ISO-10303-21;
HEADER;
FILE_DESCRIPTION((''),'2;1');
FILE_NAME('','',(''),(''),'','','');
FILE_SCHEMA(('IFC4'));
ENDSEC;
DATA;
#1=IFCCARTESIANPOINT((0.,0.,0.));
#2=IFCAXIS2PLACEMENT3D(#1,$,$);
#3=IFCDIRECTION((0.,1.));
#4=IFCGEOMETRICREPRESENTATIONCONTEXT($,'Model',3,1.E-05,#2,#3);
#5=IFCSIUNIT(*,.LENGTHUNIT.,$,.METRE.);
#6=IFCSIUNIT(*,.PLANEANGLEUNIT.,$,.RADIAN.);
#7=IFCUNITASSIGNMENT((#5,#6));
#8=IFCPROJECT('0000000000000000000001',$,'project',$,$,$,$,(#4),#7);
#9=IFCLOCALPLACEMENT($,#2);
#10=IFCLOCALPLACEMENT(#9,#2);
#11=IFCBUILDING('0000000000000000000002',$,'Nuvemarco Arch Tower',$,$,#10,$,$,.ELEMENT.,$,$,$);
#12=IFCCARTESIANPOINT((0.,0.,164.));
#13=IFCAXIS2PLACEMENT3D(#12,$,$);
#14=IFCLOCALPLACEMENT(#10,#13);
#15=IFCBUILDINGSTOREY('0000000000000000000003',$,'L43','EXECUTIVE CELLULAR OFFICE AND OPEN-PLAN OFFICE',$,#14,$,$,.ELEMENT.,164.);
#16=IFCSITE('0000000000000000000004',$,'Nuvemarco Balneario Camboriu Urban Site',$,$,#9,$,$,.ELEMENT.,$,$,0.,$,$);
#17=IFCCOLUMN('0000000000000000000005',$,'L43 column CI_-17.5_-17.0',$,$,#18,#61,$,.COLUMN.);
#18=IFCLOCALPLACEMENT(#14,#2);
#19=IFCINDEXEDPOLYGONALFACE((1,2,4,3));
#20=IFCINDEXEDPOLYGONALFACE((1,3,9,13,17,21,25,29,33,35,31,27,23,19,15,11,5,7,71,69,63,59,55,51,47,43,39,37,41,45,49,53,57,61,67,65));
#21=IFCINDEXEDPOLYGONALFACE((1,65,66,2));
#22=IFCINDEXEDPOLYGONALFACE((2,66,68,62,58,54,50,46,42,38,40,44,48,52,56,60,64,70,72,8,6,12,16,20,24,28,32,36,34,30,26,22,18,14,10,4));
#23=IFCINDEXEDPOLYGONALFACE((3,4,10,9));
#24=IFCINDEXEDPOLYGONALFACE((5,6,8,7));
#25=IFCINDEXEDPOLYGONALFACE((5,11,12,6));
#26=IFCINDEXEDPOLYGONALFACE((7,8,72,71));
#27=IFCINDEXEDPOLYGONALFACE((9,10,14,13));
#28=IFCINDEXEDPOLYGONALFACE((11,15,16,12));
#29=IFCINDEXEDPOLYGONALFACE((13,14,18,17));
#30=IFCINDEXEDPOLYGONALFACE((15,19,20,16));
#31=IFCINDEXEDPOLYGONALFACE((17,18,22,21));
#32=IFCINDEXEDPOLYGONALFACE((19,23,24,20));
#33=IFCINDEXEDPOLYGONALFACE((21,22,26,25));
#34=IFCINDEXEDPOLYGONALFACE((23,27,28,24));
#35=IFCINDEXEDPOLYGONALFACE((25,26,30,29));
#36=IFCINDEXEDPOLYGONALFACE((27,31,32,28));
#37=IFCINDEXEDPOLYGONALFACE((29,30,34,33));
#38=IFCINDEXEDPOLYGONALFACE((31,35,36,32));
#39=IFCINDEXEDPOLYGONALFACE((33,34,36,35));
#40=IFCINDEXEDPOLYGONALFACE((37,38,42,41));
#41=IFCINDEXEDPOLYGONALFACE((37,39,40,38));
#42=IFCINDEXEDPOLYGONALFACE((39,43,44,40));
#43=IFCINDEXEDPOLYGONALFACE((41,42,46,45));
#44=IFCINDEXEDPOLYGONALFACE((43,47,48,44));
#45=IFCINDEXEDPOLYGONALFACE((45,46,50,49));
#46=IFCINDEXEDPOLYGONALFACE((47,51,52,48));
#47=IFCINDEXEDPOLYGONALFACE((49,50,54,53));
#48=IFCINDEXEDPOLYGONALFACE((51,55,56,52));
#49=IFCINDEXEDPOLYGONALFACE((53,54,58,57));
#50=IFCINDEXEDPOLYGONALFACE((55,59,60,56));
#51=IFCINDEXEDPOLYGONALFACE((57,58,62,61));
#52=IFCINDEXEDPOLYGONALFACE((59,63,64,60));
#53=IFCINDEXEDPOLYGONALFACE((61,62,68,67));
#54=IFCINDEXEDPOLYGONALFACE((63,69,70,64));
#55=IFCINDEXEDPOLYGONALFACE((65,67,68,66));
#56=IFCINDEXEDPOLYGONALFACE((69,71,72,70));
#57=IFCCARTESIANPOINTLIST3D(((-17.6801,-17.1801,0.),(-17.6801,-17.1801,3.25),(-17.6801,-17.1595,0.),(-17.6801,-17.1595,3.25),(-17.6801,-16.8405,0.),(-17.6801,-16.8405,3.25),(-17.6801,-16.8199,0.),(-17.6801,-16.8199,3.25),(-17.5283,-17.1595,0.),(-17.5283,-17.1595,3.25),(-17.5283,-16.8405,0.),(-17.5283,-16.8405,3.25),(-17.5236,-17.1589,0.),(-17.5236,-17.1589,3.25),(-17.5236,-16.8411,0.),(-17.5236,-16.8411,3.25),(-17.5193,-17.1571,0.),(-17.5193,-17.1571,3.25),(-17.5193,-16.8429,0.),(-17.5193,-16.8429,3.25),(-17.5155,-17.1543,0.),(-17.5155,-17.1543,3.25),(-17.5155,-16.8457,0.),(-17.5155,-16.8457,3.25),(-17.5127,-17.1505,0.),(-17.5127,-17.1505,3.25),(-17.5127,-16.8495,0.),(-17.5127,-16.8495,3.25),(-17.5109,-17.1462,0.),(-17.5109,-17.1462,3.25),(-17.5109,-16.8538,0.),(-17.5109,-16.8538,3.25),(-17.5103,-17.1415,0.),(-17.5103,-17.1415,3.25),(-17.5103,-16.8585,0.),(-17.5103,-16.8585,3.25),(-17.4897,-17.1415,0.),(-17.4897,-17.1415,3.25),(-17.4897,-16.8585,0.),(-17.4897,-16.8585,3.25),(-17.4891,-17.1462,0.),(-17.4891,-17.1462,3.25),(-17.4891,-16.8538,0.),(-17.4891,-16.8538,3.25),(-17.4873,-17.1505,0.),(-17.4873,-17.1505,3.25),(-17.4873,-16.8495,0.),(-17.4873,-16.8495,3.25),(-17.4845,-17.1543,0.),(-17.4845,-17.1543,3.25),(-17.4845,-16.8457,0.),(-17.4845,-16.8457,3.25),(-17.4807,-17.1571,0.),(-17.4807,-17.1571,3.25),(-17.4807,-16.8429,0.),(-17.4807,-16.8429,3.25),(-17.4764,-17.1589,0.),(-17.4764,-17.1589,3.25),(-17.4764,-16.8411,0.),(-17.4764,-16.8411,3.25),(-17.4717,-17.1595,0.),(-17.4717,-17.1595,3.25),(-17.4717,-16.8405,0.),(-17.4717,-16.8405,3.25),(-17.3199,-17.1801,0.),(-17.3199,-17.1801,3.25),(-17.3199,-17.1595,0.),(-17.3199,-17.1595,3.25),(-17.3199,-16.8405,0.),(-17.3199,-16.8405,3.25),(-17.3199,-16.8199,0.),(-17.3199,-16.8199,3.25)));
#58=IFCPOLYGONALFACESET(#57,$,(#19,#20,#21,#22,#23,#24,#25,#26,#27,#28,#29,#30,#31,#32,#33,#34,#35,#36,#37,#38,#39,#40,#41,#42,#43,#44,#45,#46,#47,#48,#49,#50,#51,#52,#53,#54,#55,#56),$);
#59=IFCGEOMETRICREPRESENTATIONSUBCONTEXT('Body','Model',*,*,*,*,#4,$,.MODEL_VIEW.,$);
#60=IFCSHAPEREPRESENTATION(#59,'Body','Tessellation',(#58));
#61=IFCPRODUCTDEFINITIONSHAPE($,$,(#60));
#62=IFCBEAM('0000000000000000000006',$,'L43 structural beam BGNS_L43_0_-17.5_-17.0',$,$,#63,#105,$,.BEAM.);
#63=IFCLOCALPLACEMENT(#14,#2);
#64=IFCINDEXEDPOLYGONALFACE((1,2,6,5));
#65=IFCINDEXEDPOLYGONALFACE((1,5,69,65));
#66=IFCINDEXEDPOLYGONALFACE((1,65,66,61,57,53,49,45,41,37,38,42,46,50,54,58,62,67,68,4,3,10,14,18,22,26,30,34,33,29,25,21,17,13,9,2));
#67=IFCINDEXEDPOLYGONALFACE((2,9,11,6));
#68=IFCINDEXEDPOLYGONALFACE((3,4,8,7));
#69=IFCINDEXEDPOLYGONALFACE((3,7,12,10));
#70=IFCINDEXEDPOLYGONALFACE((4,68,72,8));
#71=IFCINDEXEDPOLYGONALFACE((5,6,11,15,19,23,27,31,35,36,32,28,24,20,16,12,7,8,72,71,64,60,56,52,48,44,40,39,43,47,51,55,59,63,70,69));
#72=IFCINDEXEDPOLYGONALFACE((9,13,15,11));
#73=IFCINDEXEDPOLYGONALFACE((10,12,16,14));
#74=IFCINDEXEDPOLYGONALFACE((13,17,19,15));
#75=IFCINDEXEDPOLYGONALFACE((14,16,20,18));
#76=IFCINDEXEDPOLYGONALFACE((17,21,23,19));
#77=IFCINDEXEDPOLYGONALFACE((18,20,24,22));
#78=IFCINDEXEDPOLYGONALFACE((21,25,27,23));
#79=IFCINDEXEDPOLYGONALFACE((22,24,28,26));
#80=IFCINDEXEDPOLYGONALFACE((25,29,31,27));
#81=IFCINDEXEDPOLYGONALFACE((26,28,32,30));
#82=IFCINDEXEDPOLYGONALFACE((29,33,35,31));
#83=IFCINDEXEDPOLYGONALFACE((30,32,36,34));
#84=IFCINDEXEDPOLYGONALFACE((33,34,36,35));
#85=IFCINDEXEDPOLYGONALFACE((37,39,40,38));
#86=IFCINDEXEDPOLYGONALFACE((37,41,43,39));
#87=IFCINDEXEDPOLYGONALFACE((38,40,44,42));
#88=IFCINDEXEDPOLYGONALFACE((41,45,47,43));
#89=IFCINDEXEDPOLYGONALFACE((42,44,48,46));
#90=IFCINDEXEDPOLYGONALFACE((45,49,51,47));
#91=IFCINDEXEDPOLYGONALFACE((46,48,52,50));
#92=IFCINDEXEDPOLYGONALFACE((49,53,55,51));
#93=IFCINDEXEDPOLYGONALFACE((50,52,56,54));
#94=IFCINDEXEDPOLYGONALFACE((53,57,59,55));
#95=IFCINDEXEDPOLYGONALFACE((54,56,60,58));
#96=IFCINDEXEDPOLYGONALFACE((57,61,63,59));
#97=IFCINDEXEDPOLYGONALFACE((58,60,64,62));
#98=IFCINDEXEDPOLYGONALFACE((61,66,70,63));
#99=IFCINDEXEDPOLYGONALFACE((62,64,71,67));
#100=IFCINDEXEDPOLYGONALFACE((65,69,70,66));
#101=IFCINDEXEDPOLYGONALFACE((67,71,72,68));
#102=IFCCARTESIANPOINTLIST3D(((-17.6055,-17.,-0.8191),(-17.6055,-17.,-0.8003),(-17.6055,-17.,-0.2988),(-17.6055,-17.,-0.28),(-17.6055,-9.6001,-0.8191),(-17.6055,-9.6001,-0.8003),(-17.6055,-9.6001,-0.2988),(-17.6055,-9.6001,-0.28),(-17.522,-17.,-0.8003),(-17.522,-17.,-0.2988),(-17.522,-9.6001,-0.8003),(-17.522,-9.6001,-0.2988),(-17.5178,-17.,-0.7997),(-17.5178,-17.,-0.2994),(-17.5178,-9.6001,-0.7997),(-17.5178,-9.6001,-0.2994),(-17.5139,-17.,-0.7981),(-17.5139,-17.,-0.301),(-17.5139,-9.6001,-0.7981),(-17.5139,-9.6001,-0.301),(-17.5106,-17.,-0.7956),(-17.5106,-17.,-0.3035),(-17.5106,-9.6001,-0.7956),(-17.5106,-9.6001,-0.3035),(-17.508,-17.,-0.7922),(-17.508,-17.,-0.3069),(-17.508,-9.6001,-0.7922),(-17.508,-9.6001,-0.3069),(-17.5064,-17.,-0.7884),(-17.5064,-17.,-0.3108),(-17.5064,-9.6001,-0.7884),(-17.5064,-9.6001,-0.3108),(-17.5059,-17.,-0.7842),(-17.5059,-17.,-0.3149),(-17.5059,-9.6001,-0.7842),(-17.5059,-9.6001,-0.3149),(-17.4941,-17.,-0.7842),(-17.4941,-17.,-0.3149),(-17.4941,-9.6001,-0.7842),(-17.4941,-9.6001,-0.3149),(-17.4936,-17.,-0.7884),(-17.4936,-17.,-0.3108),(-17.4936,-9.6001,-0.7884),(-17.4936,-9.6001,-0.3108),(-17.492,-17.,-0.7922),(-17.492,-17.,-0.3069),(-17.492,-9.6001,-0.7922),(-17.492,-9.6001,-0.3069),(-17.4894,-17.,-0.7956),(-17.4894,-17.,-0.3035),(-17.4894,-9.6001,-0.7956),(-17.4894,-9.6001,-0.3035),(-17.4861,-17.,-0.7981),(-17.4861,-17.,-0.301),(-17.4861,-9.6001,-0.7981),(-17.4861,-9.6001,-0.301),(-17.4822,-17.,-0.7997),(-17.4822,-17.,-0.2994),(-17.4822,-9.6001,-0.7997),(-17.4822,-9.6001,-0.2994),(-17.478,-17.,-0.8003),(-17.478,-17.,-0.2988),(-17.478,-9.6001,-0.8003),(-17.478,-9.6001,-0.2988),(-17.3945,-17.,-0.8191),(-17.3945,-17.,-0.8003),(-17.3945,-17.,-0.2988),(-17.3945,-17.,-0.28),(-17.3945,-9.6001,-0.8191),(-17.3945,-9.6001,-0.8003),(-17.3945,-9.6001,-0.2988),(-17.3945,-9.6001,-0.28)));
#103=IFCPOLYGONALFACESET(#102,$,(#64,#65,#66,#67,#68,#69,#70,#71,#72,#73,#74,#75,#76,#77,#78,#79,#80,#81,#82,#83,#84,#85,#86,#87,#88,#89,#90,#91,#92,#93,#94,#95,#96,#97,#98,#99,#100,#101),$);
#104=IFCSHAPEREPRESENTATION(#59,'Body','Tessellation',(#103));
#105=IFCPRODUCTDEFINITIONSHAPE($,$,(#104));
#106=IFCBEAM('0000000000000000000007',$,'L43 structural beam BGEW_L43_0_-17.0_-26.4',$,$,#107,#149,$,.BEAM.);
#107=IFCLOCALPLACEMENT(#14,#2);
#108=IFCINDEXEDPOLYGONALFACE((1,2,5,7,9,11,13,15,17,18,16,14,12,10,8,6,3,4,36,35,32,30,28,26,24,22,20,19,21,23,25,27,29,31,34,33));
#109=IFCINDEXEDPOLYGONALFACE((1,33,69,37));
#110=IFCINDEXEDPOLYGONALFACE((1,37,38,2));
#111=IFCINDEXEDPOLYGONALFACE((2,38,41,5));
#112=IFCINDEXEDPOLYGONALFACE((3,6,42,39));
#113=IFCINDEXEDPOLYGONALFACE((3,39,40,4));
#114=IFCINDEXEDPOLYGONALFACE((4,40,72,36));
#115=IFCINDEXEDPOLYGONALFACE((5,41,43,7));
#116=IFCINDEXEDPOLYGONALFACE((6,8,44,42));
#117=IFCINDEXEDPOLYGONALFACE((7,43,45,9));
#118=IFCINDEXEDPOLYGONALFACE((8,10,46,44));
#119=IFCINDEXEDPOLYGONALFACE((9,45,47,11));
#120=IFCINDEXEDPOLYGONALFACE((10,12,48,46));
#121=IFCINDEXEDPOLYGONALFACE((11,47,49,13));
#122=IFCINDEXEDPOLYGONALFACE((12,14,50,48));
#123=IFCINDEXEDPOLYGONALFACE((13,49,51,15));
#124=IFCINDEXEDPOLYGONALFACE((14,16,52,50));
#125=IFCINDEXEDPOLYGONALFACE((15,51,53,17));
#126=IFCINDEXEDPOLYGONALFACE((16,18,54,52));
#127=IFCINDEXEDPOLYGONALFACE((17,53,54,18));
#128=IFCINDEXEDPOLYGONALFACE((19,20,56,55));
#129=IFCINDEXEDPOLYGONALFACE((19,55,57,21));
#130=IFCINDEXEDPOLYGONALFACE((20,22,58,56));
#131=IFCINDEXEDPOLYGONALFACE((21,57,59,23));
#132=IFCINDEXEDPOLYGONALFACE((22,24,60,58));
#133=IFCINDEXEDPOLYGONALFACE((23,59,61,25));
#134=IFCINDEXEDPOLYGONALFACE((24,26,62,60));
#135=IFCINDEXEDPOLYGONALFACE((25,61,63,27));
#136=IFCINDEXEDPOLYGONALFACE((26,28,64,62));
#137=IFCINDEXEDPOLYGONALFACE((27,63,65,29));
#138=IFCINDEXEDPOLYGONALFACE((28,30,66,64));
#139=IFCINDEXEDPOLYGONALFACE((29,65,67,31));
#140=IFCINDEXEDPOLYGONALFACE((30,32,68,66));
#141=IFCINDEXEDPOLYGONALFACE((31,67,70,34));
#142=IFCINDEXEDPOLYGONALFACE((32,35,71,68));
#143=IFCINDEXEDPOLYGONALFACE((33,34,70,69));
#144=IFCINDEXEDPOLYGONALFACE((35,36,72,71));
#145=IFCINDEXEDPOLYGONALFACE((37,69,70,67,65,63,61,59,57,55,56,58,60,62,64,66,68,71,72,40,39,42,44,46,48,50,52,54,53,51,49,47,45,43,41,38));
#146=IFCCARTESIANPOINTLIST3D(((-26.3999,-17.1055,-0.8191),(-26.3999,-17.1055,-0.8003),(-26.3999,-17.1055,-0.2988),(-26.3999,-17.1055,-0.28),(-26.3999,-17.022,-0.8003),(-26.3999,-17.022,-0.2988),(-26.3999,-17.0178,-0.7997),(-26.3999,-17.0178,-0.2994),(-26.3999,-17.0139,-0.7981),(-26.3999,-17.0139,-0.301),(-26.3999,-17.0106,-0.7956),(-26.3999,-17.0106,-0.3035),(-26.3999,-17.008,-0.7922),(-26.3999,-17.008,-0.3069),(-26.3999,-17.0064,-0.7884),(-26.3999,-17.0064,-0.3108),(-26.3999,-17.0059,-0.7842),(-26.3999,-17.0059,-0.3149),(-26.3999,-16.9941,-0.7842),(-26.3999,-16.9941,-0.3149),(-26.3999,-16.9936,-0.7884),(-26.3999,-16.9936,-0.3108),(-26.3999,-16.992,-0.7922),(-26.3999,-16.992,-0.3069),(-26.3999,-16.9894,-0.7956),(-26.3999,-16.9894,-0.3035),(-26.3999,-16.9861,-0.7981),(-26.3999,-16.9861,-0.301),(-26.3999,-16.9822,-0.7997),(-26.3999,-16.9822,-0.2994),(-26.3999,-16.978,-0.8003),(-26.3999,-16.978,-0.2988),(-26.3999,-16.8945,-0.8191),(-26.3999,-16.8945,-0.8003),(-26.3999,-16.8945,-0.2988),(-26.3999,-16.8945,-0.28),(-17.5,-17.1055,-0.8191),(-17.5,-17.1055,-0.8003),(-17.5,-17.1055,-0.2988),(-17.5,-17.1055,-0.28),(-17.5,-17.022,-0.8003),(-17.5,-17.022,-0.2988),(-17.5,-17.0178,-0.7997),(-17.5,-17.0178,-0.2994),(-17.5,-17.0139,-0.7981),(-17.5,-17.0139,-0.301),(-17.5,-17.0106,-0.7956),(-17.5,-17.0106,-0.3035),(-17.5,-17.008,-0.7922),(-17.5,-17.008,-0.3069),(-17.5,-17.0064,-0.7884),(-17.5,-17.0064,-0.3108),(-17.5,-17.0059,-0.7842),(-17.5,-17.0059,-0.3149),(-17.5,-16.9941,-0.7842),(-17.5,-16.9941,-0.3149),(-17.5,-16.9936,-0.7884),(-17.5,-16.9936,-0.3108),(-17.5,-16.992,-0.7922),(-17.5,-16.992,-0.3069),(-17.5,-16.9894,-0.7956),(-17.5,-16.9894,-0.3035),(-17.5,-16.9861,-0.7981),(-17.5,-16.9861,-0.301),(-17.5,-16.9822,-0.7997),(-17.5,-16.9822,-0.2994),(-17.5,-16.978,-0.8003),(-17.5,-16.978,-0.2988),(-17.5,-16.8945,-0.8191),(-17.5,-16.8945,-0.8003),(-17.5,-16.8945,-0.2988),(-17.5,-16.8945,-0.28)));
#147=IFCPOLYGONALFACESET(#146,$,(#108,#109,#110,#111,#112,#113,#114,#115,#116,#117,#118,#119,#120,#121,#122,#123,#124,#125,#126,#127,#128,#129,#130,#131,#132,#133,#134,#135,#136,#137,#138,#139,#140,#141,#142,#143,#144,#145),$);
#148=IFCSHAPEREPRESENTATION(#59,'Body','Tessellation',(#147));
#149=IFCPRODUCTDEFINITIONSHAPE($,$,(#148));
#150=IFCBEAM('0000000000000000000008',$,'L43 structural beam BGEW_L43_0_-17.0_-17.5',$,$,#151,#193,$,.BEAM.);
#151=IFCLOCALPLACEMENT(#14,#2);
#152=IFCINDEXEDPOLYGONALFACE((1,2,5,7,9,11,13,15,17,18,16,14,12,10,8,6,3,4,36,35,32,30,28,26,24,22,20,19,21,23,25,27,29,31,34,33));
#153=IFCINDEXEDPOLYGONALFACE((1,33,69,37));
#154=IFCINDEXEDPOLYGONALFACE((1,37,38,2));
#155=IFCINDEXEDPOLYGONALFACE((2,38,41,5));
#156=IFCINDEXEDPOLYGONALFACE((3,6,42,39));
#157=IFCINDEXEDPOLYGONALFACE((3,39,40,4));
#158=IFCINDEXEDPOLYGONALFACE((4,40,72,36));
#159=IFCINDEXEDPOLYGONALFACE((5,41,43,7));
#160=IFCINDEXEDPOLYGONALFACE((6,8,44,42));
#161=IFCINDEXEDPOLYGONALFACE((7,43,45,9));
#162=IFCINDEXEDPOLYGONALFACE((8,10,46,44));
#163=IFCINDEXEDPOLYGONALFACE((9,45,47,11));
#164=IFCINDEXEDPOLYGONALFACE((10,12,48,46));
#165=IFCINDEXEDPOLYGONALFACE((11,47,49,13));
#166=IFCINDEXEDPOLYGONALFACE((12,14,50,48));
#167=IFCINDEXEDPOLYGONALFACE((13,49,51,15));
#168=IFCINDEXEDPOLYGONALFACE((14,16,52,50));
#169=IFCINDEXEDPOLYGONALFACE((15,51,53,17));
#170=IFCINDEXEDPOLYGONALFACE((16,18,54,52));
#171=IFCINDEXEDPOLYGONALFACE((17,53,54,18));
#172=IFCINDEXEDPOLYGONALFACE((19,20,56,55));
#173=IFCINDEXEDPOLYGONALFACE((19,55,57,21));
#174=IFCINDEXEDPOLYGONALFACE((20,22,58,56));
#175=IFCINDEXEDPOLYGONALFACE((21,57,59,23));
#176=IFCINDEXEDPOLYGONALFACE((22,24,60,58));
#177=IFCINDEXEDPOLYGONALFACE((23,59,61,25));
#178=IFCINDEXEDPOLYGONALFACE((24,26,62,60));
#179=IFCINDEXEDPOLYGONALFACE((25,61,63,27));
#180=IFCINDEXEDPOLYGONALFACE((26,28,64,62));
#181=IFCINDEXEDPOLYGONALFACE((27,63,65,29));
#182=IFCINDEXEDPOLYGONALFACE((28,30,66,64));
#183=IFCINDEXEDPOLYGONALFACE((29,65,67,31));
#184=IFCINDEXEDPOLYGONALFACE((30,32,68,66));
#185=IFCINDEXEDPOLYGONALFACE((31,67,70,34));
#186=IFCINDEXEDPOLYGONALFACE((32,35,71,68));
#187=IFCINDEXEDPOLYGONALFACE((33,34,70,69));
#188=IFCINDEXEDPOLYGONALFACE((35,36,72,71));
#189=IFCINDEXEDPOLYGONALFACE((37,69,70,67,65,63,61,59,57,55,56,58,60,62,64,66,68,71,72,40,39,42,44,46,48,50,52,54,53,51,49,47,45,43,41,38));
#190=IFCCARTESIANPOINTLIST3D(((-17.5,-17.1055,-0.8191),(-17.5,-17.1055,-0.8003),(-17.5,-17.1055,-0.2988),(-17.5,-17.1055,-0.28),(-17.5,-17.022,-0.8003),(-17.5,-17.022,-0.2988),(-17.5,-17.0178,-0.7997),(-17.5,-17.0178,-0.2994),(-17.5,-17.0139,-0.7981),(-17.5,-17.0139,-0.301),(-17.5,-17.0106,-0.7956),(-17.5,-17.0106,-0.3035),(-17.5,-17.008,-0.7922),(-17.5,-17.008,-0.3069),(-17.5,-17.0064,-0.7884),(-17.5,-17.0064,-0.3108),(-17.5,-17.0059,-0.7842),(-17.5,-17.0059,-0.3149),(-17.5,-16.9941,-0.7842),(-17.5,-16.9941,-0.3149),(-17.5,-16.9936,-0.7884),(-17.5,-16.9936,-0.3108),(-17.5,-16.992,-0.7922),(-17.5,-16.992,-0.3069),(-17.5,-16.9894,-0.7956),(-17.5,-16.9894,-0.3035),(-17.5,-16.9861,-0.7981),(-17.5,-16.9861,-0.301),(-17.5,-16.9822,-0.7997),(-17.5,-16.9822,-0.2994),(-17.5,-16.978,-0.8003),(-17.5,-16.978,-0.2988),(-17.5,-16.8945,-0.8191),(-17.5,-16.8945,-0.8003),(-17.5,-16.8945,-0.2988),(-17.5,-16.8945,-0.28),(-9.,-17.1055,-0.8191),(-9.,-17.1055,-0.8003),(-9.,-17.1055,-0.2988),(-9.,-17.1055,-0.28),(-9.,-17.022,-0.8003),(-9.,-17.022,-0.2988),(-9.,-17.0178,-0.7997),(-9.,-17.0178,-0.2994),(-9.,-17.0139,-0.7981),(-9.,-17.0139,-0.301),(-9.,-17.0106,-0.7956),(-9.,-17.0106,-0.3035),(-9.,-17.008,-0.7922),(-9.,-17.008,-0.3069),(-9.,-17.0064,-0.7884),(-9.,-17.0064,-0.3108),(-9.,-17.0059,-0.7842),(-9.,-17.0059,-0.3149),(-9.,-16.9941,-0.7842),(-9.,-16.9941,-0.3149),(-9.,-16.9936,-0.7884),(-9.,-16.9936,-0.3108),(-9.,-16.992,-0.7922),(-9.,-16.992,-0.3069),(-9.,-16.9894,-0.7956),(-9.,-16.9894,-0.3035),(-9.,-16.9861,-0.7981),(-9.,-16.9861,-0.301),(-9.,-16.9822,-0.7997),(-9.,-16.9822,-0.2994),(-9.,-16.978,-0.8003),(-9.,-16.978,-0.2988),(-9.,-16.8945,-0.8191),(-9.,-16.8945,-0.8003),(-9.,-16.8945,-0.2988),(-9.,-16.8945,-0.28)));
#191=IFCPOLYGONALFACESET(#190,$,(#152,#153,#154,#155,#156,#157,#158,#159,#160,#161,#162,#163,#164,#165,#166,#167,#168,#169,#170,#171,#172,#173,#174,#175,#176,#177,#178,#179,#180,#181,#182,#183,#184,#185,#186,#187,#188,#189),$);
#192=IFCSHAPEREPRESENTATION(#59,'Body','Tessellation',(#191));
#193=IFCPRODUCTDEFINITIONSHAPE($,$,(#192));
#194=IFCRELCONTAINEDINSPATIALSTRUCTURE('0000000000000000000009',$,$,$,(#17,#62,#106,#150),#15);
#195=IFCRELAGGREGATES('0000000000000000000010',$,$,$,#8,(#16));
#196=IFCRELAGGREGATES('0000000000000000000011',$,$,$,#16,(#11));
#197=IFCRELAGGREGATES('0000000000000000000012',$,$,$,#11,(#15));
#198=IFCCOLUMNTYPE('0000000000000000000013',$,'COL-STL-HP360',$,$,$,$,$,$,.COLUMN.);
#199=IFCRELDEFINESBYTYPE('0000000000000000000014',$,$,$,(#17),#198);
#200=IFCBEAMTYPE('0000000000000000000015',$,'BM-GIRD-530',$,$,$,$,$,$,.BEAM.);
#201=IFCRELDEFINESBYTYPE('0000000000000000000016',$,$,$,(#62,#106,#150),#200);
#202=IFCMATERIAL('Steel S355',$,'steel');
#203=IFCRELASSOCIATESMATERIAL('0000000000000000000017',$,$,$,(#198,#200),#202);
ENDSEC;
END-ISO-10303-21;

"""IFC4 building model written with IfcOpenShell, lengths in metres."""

from ifc_helpers import new_model, si_unit, direction, frame, origin, origin_2d, place, context, subcontext, project, spatial, i_section, extrude, material, material_profile, profile_set, type_object, element, save


model = new_model("IFC4")

# Units and contexts
model_context = context("Model", 3, precision=1e-05, world=origin(), true_north=direction((0.0, 1.0)))
body_context = subcontext(model_context, "Body", "Model", "MODEL_VIEW")
ifc_project = project(units=[si_unit("LENGTHUNIT", "METRE"), si_unit("PLANEANGLEUNIT", "RADIAN")], contexts=[model_context])

# Site, building, storey
site_placement = place(None, origin())
site = spatial("IfcSite", under=ifc_project, at=site_placement, Name="Nuvemarco Balneario Camboriu Urban Site", CompositionType="ELEMENT", RefElevation=0.0)
building_placement = place(site_placement, origin())
building = spatial("IfcBuilding", under=site, at=building_placement, Name="Nuvemarco Arch Tower", CompositionType="ELEMENT")
storey_placement = place(building_placement, frame((0.0, 0.0, 164.0)))
storey = spatial("IfcBuildingStorey", under=building, at=storey_placement, Name="L43", Description="EXECUTIVE CELLULAR OFFICE AND OPEN-PLAN OFFICE", CompositionType="ELEMENT", Elevation=164.0)

# Column
ifc_material_1 = material(Name="Steel S355", Category="steel")
ifc_material_profile_1 = material_profile(ifc_material_1, i_section(OverallWidth=0.3601, OverallDepth=0.3601, WebThickness=0.0205, FlangeThickness=0.0205, FilletRadius=0.0181, at=origin_2d()), Name="HP360x174")
ifc_profile_set_1 = profile_set([ifc_material_profile_1], Name="Steel S355")
column_type = type_object("IfcColumnType", Name="COL-STL-HP360", PredefinedType="COLUMN", material=ifc_profile_set_1)
column_placement = place(storey_placement, frame((-17.5, -17.0, 0.0), z_axis=(0.0, 0.0, 1.0), x_axis=(1.0, 0.0, 0.0)))
element("IfcColumn", 1, at=column_placement, inside=storey, type_object=column_type, Name="L43 column CI_-17.5_-17.0", PredefinedType="COLUMN", context=body_context, shape_type="SweptSolid", body=[
    extrude(i_section(OverallWidth=0.3601, OverallDepth=0.3601, WebThickness=0.0205, FlangeThickness=0.0205, FilletRadius=0.0181, at=origin_2d()), origin(), (0.0, 0.0, 1.0), 3.25),
])

# Beams
ifc_material_profile_2 = material_profile(ifc_material_1, i_section(OverallWidth=0.2109, OverallDepth=0.5391, WebThickness=0.0117, FlangeThickness=0.0188, FilletRadius=0.0161, at=origin_2d()), Name="W530x109")
ifc_profile_set_2 = profile_set([ifc_material_profile_2], Name="Steel S355")
beam_type_1 = type_object("IfcBeamType", Name="BM-GIRD-530", PredefinedType="BEAM", material=ifc_profile_set_2)
beam_1_placement = place(storey_placement, frame((-17.5, -17.0, -0.5496), z_axis=(0.0, 1.0, 0.0), x_axis=(-1.0, 0.0, 0.0)))
element("IfcBeam", 2, at=beam_1_placement, inside=storey, type_object=beam_type_1, Name="L43 structural beam BGNS_L43_0_-17.5_-17.0", PredefinedType="BEAM", context=body_context, shape_type="SweptSolid", body=[
    extrude(i_section(OverallWidth=0.2109, OverallDepth=0.5391, WebThickness=0.0117, FlangeThickness=0.0188, FilletRadius=0.0161, at=origin_2d()), origin(), (0.0, 0.0, 1.0), 7.3999),
])
beam_2_placement = place(storey_placement, frame((-26.3999, -17.0, -0.5496), z_axis=(1.0, 0.0, 0.0), x_axis=(0.0, 1.0, 0.0)))
element("IfcBeam", 3, at=beam_2_placement, inside=storey, type_object=beam_type_1, Name="L43 structural beam BGEW_L43_0_-17.0_-26.4", PredefinedType="BEAM", context=body_context, shape_type="SweptSolid", body=[
    extrude(i_section(OverallWidth=0.2109, OverallDepth=0.5391, WebThickness=0.0117, FlangeThickness=0.0188, FilletRadius=0.0161, at=origin_2d()), origin(), (0.0, 0.0, 1.0), 8.8999),
])
beam_3_placement = place(storey_placement, frame((-17.5, -17.0, -0.5496), z_axis=(1.0, 0.0, 0.0), x_axis=(0.0, 1.0, 0.0)))
element("IfcBeam", 4, at=beam_3_placement, inside=storey, type_object=beam_type_1, Name="L43 structural beam BGEW_L43_0_-17.0_-17.5", PredefinedType="BEAM", context=body_context, shape_type="SweptSolid", body=[
    extrude(i_section(OverallWidth=0.2109, OverallDepth=0.5391, WebThickness=0.0117, FlangeThickness=0.0188, FilletRadius=0.0161, at=origin_2d()), origin(), (0.0, 0.0, 1.0), 8.5),
])

save(model, "model.ifc")
